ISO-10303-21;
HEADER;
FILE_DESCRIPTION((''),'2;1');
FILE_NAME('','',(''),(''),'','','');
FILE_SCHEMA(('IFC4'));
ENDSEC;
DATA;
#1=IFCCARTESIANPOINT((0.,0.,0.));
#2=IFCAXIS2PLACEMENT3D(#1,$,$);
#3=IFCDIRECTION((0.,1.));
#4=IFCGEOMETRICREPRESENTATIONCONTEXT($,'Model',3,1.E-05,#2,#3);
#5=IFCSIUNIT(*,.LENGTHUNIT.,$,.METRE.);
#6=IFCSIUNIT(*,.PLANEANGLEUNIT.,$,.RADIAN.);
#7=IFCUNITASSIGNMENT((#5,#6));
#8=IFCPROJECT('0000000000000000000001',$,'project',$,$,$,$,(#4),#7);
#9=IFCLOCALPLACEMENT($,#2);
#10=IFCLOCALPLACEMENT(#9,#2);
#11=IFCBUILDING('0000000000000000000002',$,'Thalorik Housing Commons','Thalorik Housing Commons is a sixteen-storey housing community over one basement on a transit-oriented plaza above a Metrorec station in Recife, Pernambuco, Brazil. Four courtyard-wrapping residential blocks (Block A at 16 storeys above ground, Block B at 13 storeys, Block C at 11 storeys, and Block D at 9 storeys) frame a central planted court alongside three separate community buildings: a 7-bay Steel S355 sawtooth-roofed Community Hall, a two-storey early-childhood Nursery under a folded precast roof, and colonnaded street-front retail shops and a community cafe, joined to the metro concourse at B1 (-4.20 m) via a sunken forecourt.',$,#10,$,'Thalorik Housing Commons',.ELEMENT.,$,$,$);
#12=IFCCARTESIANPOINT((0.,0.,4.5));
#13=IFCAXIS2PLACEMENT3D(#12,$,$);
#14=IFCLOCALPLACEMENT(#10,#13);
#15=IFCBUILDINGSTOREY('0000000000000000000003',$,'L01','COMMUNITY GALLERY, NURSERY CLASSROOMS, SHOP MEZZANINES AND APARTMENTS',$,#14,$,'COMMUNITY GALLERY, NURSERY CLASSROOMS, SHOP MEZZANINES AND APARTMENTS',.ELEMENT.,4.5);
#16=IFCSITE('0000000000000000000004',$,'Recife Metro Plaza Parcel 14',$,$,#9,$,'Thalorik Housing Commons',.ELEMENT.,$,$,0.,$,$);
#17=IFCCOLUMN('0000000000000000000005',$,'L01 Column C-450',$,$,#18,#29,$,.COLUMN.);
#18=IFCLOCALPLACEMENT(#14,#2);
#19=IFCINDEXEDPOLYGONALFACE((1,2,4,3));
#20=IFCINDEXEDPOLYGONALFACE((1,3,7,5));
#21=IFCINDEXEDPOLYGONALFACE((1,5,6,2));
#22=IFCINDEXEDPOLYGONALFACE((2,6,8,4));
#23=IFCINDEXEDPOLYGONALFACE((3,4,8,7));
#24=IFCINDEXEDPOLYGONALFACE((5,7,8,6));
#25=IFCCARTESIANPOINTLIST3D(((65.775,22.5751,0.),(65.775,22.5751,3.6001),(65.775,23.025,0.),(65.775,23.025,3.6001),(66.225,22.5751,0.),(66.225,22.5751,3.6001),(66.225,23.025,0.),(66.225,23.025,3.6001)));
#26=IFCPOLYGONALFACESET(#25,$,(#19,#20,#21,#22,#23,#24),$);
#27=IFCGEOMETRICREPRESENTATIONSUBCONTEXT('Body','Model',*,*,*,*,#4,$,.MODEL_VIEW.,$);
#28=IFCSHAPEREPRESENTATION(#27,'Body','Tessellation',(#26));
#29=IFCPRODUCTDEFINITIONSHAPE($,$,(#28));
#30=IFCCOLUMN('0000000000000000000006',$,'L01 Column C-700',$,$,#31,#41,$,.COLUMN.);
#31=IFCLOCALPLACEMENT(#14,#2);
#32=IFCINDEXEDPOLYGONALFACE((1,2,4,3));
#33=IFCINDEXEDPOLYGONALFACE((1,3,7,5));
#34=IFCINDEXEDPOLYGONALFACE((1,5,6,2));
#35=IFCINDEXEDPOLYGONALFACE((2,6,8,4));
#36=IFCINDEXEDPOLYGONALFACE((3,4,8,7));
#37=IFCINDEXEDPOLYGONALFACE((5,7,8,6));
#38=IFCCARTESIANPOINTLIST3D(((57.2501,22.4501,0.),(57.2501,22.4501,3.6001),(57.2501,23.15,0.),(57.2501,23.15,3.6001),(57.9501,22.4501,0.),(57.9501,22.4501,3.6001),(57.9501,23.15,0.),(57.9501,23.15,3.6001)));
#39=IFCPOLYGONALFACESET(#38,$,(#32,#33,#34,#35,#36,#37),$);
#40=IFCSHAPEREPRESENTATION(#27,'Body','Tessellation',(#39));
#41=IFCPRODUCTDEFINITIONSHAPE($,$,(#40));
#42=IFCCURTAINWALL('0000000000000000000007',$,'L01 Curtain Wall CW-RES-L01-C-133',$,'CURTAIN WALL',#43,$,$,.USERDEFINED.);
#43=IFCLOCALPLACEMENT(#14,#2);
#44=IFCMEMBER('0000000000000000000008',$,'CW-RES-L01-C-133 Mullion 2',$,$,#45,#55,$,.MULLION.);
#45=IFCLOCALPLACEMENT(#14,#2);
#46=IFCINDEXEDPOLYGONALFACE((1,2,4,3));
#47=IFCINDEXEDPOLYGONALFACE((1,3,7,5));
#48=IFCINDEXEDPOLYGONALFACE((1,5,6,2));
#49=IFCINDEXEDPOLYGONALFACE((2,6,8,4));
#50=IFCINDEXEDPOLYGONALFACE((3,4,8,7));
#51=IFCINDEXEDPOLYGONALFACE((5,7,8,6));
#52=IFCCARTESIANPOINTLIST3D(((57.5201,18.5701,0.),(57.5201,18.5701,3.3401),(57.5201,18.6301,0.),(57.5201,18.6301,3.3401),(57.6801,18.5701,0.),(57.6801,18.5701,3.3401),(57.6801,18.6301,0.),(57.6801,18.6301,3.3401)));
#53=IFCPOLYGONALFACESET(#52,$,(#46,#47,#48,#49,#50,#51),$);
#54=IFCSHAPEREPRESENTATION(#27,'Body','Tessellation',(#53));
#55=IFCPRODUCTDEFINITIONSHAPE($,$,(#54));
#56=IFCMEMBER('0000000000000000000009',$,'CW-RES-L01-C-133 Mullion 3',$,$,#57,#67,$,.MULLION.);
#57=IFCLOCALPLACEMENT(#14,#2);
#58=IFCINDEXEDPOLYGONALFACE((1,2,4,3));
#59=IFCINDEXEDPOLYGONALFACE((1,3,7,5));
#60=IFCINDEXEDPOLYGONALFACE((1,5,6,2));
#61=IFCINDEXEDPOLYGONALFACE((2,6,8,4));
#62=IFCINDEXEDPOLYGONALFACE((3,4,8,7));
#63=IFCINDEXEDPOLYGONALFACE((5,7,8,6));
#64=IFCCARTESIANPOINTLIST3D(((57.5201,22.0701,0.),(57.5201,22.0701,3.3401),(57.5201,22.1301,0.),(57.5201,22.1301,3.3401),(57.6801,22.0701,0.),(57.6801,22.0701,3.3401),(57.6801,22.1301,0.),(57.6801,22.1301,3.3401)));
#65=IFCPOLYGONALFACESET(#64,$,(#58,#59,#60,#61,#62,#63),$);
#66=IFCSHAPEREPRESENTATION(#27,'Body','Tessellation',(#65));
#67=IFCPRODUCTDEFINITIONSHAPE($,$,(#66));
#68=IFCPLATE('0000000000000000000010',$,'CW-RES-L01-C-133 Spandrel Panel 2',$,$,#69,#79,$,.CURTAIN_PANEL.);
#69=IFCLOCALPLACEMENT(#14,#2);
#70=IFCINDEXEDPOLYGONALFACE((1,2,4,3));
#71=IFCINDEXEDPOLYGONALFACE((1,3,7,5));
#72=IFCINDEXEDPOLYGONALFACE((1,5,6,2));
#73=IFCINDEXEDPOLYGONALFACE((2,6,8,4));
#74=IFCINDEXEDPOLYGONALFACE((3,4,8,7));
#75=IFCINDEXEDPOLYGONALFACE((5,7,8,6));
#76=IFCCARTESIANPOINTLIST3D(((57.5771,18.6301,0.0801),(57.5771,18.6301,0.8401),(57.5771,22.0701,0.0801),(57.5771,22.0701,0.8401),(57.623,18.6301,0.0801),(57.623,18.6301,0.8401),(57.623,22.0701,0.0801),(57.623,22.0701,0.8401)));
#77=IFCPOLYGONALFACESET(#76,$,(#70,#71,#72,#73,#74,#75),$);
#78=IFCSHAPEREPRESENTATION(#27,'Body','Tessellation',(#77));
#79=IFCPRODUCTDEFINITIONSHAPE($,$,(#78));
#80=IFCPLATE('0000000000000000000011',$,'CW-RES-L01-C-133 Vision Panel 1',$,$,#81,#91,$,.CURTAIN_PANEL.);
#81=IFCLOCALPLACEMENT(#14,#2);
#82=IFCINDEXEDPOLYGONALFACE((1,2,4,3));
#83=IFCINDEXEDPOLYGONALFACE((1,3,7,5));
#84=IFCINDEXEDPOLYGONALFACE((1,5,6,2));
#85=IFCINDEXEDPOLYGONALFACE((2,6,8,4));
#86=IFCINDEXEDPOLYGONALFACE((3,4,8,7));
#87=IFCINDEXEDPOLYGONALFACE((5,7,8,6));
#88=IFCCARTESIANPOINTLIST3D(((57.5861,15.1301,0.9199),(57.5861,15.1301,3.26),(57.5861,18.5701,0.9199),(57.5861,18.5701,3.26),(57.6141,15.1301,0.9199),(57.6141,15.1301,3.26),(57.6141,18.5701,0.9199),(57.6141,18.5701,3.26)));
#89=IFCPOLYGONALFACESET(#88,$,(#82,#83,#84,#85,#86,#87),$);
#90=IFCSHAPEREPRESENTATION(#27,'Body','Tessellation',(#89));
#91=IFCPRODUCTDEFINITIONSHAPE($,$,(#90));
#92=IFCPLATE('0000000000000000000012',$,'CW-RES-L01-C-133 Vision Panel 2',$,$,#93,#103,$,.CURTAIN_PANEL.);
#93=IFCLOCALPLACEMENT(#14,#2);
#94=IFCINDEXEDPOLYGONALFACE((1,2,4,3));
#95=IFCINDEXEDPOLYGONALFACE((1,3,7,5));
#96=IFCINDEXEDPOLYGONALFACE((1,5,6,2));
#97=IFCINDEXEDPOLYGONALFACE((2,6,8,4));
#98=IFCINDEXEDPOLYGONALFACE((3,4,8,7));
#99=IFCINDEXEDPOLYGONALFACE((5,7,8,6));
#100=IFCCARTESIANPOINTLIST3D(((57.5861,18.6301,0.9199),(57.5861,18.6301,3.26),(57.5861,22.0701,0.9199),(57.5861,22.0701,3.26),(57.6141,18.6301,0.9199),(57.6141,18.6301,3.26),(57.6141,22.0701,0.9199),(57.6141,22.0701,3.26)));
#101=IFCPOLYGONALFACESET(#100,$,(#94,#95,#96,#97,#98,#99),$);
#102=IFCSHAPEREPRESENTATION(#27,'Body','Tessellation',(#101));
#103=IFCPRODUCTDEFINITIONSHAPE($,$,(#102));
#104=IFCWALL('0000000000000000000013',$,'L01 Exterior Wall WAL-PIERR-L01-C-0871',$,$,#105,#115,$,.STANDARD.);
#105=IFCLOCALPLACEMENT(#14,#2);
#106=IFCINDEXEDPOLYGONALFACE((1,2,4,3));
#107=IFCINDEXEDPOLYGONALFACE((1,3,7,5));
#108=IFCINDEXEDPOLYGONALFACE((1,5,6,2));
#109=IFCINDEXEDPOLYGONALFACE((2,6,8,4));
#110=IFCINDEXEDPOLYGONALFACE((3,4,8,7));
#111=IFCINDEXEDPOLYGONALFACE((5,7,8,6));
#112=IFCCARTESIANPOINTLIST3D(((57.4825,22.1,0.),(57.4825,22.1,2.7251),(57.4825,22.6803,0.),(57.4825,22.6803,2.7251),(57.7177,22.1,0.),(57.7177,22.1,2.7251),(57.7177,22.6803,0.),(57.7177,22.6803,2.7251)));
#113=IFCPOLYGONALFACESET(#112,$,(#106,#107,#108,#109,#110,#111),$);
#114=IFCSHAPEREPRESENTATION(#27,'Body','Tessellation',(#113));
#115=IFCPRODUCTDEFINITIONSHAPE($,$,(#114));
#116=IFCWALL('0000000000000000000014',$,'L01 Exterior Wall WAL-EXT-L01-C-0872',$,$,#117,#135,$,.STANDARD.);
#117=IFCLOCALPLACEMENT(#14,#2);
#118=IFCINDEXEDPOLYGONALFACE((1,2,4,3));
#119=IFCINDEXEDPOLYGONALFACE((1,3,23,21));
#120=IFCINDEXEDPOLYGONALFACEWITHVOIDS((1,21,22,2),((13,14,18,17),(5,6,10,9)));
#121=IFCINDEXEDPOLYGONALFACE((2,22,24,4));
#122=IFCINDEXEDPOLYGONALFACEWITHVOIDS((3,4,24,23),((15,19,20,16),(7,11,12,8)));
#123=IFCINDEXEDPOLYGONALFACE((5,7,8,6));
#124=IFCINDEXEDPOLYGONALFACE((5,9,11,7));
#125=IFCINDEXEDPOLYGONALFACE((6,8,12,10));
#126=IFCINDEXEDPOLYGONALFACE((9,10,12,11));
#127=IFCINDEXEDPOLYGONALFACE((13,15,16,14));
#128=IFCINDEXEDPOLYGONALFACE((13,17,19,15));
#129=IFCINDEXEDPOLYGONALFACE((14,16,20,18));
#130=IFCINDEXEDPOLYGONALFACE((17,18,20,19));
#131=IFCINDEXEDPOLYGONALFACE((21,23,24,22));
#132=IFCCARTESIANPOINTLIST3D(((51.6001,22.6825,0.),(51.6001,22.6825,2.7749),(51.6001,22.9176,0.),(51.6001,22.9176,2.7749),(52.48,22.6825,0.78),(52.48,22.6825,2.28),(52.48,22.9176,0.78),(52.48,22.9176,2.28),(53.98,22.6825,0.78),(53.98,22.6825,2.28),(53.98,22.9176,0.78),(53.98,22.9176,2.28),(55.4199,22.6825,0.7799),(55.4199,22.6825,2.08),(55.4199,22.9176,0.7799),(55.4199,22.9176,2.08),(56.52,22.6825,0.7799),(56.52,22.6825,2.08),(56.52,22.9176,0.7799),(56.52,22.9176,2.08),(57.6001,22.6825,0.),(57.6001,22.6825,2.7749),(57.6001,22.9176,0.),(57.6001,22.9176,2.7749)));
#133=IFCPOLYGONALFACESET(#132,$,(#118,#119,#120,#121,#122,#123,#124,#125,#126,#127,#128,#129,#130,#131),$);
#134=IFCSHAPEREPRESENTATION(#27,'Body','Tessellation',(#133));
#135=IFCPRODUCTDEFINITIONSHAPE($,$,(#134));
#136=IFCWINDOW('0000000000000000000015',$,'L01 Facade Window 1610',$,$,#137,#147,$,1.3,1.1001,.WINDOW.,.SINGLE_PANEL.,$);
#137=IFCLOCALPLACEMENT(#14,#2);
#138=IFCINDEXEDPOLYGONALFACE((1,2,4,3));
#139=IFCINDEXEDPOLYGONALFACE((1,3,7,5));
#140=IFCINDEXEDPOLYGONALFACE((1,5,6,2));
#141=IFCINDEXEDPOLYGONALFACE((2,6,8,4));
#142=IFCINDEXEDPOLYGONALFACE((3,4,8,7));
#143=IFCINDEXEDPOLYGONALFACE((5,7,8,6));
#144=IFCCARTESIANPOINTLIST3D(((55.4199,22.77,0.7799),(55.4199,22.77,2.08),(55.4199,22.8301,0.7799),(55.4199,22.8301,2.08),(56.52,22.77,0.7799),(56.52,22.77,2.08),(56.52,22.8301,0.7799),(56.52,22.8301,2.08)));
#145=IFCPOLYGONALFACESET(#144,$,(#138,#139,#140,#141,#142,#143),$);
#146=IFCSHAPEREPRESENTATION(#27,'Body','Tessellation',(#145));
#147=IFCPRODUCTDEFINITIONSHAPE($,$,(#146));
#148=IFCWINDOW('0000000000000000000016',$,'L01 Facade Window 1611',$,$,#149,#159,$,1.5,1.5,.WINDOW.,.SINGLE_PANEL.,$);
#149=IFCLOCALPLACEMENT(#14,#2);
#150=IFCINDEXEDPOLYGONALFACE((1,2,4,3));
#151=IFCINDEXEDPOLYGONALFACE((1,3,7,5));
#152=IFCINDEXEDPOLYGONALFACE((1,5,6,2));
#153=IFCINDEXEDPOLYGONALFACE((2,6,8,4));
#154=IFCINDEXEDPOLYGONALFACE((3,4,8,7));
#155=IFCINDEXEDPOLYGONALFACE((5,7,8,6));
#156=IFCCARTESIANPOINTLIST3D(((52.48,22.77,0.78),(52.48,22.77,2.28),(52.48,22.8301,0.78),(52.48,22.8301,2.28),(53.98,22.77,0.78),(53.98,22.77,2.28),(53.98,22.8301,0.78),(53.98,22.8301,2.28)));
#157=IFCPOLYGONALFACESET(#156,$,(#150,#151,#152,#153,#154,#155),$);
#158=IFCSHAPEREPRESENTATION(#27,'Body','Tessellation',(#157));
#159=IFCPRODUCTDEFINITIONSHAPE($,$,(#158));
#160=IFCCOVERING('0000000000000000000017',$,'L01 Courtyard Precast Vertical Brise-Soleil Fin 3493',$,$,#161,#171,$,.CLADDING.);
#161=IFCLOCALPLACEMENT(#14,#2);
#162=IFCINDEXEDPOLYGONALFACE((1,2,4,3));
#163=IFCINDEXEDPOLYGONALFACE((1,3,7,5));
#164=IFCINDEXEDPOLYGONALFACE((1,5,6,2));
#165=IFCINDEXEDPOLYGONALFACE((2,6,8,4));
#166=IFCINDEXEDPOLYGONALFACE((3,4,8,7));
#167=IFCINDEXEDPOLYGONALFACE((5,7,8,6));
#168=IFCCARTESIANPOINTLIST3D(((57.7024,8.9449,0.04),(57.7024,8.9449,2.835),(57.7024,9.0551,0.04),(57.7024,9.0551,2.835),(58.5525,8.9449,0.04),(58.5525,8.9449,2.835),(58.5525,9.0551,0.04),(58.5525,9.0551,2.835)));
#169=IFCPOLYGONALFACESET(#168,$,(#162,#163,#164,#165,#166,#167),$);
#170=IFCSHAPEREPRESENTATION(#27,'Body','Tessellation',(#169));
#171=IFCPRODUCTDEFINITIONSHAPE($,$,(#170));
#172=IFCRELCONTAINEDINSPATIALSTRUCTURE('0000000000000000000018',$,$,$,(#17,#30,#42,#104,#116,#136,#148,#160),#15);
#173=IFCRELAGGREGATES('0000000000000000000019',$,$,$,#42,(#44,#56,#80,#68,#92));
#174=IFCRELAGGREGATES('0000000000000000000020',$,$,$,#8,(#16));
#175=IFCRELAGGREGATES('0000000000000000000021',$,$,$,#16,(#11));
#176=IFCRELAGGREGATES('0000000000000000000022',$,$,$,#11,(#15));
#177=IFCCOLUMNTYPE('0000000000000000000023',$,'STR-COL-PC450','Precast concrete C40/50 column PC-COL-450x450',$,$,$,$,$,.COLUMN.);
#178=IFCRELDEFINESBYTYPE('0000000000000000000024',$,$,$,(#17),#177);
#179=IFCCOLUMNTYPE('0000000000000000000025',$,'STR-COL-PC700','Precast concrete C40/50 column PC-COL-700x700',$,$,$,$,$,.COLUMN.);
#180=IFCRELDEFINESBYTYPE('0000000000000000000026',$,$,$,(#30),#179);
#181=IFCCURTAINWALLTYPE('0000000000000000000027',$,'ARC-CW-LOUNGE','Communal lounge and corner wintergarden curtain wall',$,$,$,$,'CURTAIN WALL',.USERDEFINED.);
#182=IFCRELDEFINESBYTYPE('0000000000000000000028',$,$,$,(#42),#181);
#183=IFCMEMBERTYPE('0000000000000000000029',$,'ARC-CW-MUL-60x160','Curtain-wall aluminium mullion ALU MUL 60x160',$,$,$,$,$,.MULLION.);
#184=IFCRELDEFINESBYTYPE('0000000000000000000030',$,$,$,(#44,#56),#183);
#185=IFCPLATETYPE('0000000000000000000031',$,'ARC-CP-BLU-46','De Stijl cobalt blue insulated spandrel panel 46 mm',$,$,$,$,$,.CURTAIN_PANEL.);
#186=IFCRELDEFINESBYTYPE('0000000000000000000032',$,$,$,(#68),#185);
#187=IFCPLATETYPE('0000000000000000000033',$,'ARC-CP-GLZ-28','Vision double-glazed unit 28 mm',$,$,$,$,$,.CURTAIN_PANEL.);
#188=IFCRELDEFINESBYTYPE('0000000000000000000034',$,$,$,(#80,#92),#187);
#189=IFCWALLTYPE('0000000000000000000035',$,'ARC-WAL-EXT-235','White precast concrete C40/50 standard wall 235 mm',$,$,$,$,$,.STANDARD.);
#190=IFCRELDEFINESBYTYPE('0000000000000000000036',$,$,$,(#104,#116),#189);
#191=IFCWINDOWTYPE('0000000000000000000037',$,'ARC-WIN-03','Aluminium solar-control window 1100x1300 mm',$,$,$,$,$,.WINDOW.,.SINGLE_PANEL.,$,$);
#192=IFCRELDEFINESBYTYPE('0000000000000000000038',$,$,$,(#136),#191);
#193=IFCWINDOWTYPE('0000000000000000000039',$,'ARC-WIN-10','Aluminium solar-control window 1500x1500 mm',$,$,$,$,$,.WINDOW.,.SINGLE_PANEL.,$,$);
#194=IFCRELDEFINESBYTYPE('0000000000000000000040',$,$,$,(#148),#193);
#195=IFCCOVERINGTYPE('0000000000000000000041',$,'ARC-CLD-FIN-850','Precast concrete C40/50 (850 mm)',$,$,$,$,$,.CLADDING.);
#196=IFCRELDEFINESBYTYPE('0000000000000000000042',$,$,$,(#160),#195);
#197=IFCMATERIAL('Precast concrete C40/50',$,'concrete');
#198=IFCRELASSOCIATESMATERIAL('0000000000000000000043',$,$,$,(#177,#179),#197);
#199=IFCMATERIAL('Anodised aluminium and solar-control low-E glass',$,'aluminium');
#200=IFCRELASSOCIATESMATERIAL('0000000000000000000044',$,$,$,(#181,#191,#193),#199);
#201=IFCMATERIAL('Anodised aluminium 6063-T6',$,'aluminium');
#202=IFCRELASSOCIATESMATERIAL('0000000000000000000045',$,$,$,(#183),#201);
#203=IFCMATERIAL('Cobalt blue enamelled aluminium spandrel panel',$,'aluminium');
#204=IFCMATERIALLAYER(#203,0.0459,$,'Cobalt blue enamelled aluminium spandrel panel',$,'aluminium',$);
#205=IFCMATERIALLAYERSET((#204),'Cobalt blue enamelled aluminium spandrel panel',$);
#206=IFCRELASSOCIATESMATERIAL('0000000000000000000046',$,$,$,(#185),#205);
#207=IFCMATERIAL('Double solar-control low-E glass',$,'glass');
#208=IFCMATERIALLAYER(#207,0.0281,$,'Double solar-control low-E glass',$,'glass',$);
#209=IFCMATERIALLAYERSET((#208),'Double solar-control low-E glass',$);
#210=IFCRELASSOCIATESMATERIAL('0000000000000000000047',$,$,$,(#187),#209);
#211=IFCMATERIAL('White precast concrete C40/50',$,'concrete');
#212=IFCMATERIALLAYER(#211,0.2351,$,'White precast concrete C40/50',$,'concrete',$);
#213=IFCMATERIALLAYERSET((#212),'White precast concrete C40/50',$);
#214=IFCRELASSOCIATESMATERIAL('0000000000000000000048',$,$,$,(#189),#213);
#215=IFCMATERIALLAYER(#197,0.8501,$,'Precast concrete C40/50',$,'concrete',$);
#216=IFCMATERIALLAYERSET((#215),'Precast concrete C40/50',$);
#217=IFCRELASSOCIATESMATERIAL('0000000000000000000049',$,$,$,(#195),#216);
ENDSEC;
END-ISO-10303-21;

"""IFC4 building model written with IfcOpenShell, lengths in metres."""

from ifc_helpers import new_model, si_unit, direction, frame, frame_2d, origin, origin_2d, place, context, subcontext, project, spatial, rectangle, extrude, material, layer, layer_set, material_profile, profile_set, type_object, element, fill, aggregate, save


model = new_model("IFC4")

# Units and contexts
model_context = context("Model", 3, precision=1e-05, world=origin(), true_north=direction((0.0, 1.0)))
body_context = subcontext(model_context, "Body", "Model", "MODEL_VIEW")
ifc_project = project(units=[si_unit("LENGTHUNIT", "METRE"), si_unit("PLANEANGLEUNIT", "RADIAN")], contexts=[model_context])

# Site, building, storey
site_placement = place(None, origin())
site = spatial("IfcSite", under=ifc_project, at=site_placement, Name="Recife Metro Plaza Parcel 14", LongName="Thalorik Housing Commons", CompositionType="ELEMENT", RefElevation=0.0)
building_placement = place(site_placement, origin())
building = spatial("IfcBuilding", under=site, at=building_placement, Name="Thalorik Housing Commons", Description="Thalorik Housing Commons is a sixteen-storey housing community over one basement on a transit-oriented plaza above a Metrorec station in Recife, Pernambuco, Brazil. Four courtyard-wrapping residential blocks (Block A at 16 storeys above ground, Block B at 13 storeys, Block C at 11 storeys, and Block D at 9 storeys) frame a central planted court alongside three separate community buildings: a 7-bay Steel S355 sawtooth-roofed Community Hall, a two-storey early-childhood Nursery under a folded precast roof, and colonnaded street-front retail shops and a community cafe, joined to the metro concourse at B1 (-4.20 m) via a sunken forecourt.", LongName="Thalorik Housing Commons", CompositionType="ELEMENT")
storey_placement = place(building_placement, frame((0.0, 0.0, 4.5)))
storey = spatial("IfcBuildingStorey", under=building, at=storey_placement, Name="L01", Description="COMMUNITY GALLERY, NURSERY CLASSROOMS, SHOP MEZZANINES AND APARTMENTS", LongName="COMMUNITY GALLERY, NURSERY CLASSROOMS, SHOP MEZZANINES AND APARTMENTS", CompositionType="ELEMENT", Elevation=4.5)

# Columns
ifc_material_1 = material(Name="Precast concrete C40/50", Category="concrete")
ifc_material_profile_1 = material_profile(ifc_material_1, rectangle(XDim=0.45, YDim=0.45, at=origin_2d()), Name="PC 450x450", Category="concrete")
ifc_profile_set_1 = profile_set([ifc_material_profile_1], Name="Precast concrete C40/50")
column_type_1 = type_object("IfcColumnType", Name="STR-COL-PC450", Description="Precast concrete C40/50 column PC-COL-450x450", PredefinedType="COLUMN", material=ifc_profile_set_1)
column_1_placement = place(storey_placement, frame((66.0, 22.8, 0.0), z_axis=(0.0, 0.0, 1.0), x_axis=(1.0, 0.0, 0.0)))
element("IfcColumn", 1, at=column_1_placement, inside=storey, type_object=column_type_1, Name="L01 Column C-450", PredefinedType="COLUMN", context=body_context, shape_type="SweptSolid", body=[
    extrude(rectangle(XDim=0.45, YDim=0.45, at=origin_2d()), origin(), (0.0, 0.0, 1.0), 3.6001),
])
ifc_material_profile_2 = material_profile(ifc_material_1, rectangle(XDim=0.7, YDim=0.7, at=origin_2d()), Name="PC 700x700", Category="concrete")
ifc_profile_set_2 = profile_set([ifc_material_profile_2], Name="Precast concrete C40/50")
column_type_2 = type_object("IfcColumnType", Name="STR-COL-PC700", Description="Precast concrete C40/50 column PC-COL-700x700", PredefinedType="COLUMN", material=ifc_profile_set_2)
column_2_placement = place(storey_placement, frame((57.6001, 22.8, 0.0), z_axis=(0.0, 0.0, 1.0), x_axis=(1.0, 0.0, 0.0)))
element("IfcColumn", 2, at=column_2_placement, inside=storey, type_object=column_type_2, Name="L01 Column C-700", PredefinedType="COLUMN", context=body_context, shape_type="SweptSolid", body=[
    extrude(rectangle(XDim=0.7, YDim=0.7, at=origin_2d()), origin(), (0.0, 0.0, 1.0), 3.6001),
])

# Curtain wall, members, plates
ifc_material_2 = material(Name="Anodised aluminium and solar-control low-E glass", Category="aluminium")
curtain_wall_type = type_object("IfcCurtainWallType", Name="ARC-CW-LOUNGE", Description="Communal lounge and corner wintergarden curtain wall", ElementType="CURTAIN WALL", PredefinedType="USERDEFINED", material=ifc_material_2)
curtain_wall_placement = place(storey_placement, origin())
curtain_wall = element("IfcCurtainWall", 3, at=curtain_wall_placement, inside=storey, type_object=curtain_wall_type, Name="L01 Curtain Wall CW-RES-L01-C-133", ObjectType="CURTAIN WALL", PredefinedType="USERDEFINED")
ifc_material_3 = material(Name="Anodised aluminium 6063-T6", Category="aluminium")
ifc_material_profile_3 = material_profile(ifc_material_3, rectangle(XDim=0.0601, YDim=0.1599, at=origin_2d()), Name="ALU MUL 60x160", Category="aluminium")
ifc_profile_set_3 = profile_set([ifc_material_profile_3], Name="Anodised aluminium 6063-T6")
member_type = type_object("IfcMemberType", Name="ARC-CW-MUL-60x160", Description="Curtain-wall aluminium mullion ALU MUL 60x160", PredefinedType="MULLION", material=ifc_profile_set_3)
member_1_placement = place(storey_placement, frame((57.6001, 18.6001, 0.0), z_axis=(0.0, 0.0, 1.0), x_axis=(0.0, 1.0, 0.0)))
member_1 = element("IfcMember", 4, at=member_1_placement, type_object=member_type, Name="CW-RES-L01-C-133 Mullion 2", PredefinedType="MULLION", context=body_context, shape_type="SweptSolid", body=[
    extrude(rectangle(XDim=0.0601, YDim=0.1599, at=origin_2d()), origin(), (0.0, 0.0, 1.0), 3.3401),
])
member_2_placement = place(storey_placement, frame((57.6001, 22.1001, 0.0), z_axis=(0.0, 0.0, 1.0), x_axis=(0.0, 1.0, 0.0)))
member_2 = element("IfcMember", 5, at=member_2_placement, type_object=member_type, Name="CW-RES-L01-C-133 Mullion 3", PredefinedType="MULLION", context=body_context, shape_type="SweptSolid", body=[
    extrude(rectangle(XDim=0.0601, YDim=0.1599, at=origin_2d()), origin(), (0.0, 0.0, 1.0), 3.3401),
])
ifc_material_4 = material(Name="Cobalt blue enamelled aluminium spandrel panel", Category="aluminium")
ifc_layer_1 = layer(ifc_material_4, 0.0459, Name="Cobalt blue enamelled aluminium spandrel panel", Category="aluminium")
ifc_layer_set_1 = layer_set([ifc_layer_1], Name="Cobalt blue enamelled aluminium spandrel panel")
plate_type_1 = type_object("IfcPlateType", Name="ARC-CP-BLU-46", Description="De Stijl cobalt blue insulated spandrel panel 46 mm", PredefinedType="CURTAIN_PANEL", material=ifc_layer_set_1)
plate_1_placement = place(storey_placement, frame((57.6001, 20.3501, 0.0801), z_axis=(0.0, 0.0, 1.0), x_axis=(0.0, 1.0, 0.0)))
plate_1 = element("IfcPlate", 6, at=plate_1_placement, type_object=plate_type_1, Name="CW-RES-L01-C-133 Spandrel Panel 2", PredefinedType="CURTAIN_PANEL", context=body_context, shape_type="SweptSolid", body=[
    extrude(rectangle(XDim=3.4399, YDim=0.0459, at=origin_2d()), origin(), (0.0, 0.0, 1.0), 0.76),
])
ifc_material_5 = material(Name="Double solar-control low-E glass", Category="glass")
ifc_layer_2 = layer(ifc_material_5, 0.0281, Name="Double solar-control low-E glass", Category="glass")
ifc_layer_set_2 = layer_set([ifc_layer_2], Name="Double solar-control low-E glass")
plate_type_2 = type_object("IfcPlateType", Name="ARC-CP-GLZ-28", Description="Vision double-glazed unit 28 mm", PredefinedType="CURTAIN_PANEL", material=ifc_layer_set_2)
plate_2_placement = place(storey_placement, frame((57.6001, 16.8501, 0.9199), z_axis=(0.0, 0.0, 1.0), x_axis=(0.0, 1.0, 0.0)))
plate_2 = element("IfcPlate", 7, at=plate_2_placement, type_object=plate_type_2, Name="CW-RES-L01-C-133 Vision Panel 1", PredefinedType="CURTAIN_PANEL", context=body_context, shape_type="SweptSolid", body=[
    extrude(rectangle(XDim=3.4399, YDim=0.0281, at=origin_2d()), origin(), (0.0, 0.0, 1.0), 2.3401),
])
plate_3_placement = place(storey_placement, frame((57.6001, 20.3501, 0.9199), z_axis=(0.0, 0.0, 1.0), x_axis=(0.0, 1.0, 0.0)))
plate_3 = element("IfcPlate", 8, at=plate_3_placement, type_object=plate_type_2, Name="CW-RES-L01-C-133 Vision Panel 2", PredefinedType="CURTAIN_PANEL", context=body_context, shape_type="SweptSolid", body=[
    extrude(rectangle(XDim=3.4399, YDim=0.0281, at=origin_2d()), origin(), (0.0, 0.0, 1.0), 2.3401),
])
aggregate(curtain_wall, [member_1, member_2, plate_2, plate_1, plate_3])

# Wall
ifc_material_6 = material(Name="White precast concrete C40/50", Category="concrete")
ifc_layer_3 = layer(ifc_material_6, 0.2351, Name="White precast concrete C40/50", Category="concrete")
ifc_layer_set_3 = layer_set([ifc_layer_3], Name="White precast concrete C40/50")
wall_type = type_object("IfcWallType", Name="ARC-WAL-EXT-235", Description="White precast concrete C40/50 standard wall 235 mm", PredefinedType="STANDARD", material=ifc_layer_set_3)
wall_1_placement = place(storey_placement, frame((57.6001, 22.1001, 0.0), z_axis=(0.0, 0.0, 1.0), x_axis=(0.0, 1.0, 0.0)))
element("IfcWall", 9, at=wall_1_placement, inside=storey, type_object=wall_type, Name="L01 Exterior Wall WAL-PIERR-L01-C-0871", PredefinedType="STANDARD", context=body_context, shape_type="SweptSolid", body=[
    extrude(rectangle(XDim=0.5803, YDim=0.2351, at=frame_2d((0.29, 0.0))), origin(), (0.0, 0.0, 1.0), 2.7251),
])

# Wall, openings, windows
wall_2_placement = place(storey_placement, frame((57.6001, 22.8, 0.0), z_axis=(0.0, 0.0, 1.0), x_axis=(-1.0, 0.0, 0.0)))
wall_2 = element("IfcWall", 10, at=wall_2_placement, inside=storey, type_object=wall_type, Name="L01 Exterior Wall WAL-EXT-L01-C-0872", PredefinedType="STANDARD", context=body_context, shape_type="SweptSolid", body=[
    extrude(rectangle(XDim=6.0, YDim=0.2351, at=frame_2d((3.0, 0.0))), origin(), (0.0, 0.0, 1.0), 2.7749),
])
opening_1_placement = place(wall_2_placement, frame((1.0801, 0.0, 0.78)))
opening_1 = element("IfcOpeningElement", 11, at=opening_1_placement, cuts=wall_2, PredefinedType="OPENING", context=body_context, shape_type="SweptSolid", body=[
    extrude(rectangle(XDim=1.1001, YDim=1.3, at=frame_2d((0.55, 0.6499))), frame((0.0, 0.1274, 0.0), z_axis=(0.0, -1.0, 0.0), x_axis=(1.0, 0.0, 0.0)), (0.0, 0.0, 1.0), 0.2551),
])
opening_2_placement = place(wall_2_placement, frame((3.6201, 0.0, 0.78)))
opening_2 = element("IfcOpeningElement", 12, at=opening_2_placement, cuts=wall_2, PredefinedType="OPENING", context=body_context, shape_type="SweptSolid", body=[
    extrude(rectangle(XDim=1.5, YDim=1.5, at=frame_2d((0.75, 0.75))), frame((0.0, 0.1274, 0.0), z_axis=(0.0, -1.0, 0.0), x_axis=(1.0, 0.0, 0.0)), (0.0, 0.0, 1.0), 0.2551),
])
window_type_1 = type_object("IfcWindowType", Name="ARC-WIN-03", Description="Aluminium solar-control window 1100x1300 mm", PartitioningType="SINGLE_PANEL", PredefinedType="WINDOW", material=ifc_material_2)
window_1_placement = place(opening_1_placement, origin())
window_1 = element("IfcWindow", 13, at=window_1_placement, inside=storey, type_object=window_type_1, Name="L01 Facade Window 1610", OverallHeight=1.3, OverallWidth=1.1001, PartitioningType="SINGLE_PANEL", PredefinedType="WINDOW", context=body_context, shape_type="SweptSolid", body=[
    extrude(rectangle(XDim=1.1001, YDim=1.3, at=frame_2d((0.55, 0.6499))), frame((0.0, 0.03, 0.0), z_axis=(0.0, -1.0, 0.0), x_axis=(1.0, 0.0, 0.0)), (0.0, 0.0, 1.0), 0.0601),
])
fill(opening_1, window_1)
window_type_2 = type_object("IfcWindowType", Name="ARC-WIN-10", Description="Aluminium solar-control window 1500x1500 mm", PartitioningType="SINGLE_PANEL", PredefinedType="WINDOW", material=ifc_material_2)
window_2_placement = place(opening_2_placement, origin())
window_2 = element("IfcWindow", 14, at=window_2_placement, inside=storey, type_object=window_type_2, Name="L01 Facade Window 1611", OverallHeight=1.5, OverallWidth=1.5, PartitioningType="SINGLE_PANEL", PredefinedType="WINDOW", context=body_context, shape_type="SweptSolid", body=[
    extrude(rectangle(XDim=1.5, YDim=1.5, at=frame_2d((0.75, 0.75))), frame((0.0, 0.03, 0.0), z_axis=(0.0, -1.0, 0.0), x_axis=(1.0, 0.0, 0.0)), (0.0, 0.0, 1.0), 0.0601),
])
fill(opening_2, window_2)

# Covering
ifc_layer_4 = layer(ifc_material_1, 0.8501, Name="Precast concrete C40/50", Category="concrete")
ifc_layer_set_4 = layer_set([ifc_layer_4], Name="Precast concrete C40/50")
covering_type_1 = type_object("IfcCoveringType", Name="ARC-CLD-FIN-850", Description="Precast concrete C40/50 (850 mm)", PredefinedType="CLADDING", material=ifc_layer_set_4)
for number, where, z_axis, x_axis, name in (
    (15, (58.1274, 9.0, 0.04), (0.0, 0.0, 1.0), (0.0, 1.0, 0.0), "L01 Courtyard Precast Vertical Brise-Soleil Fin 3493"),
):
    element("IfcCovering", number, at=place(storey_placement, frame(where, z_axis=z_axis, x_axis=x_axis)), inside=storey, type_object=covering_type_1, Name=name, PredefinedType="CLADDING", context=body_context, shape_type="SweptSolid", body=[
        extrude(rectangle(XDim=0.1101, YDim=0.8501, at=origin_2d()), origin(), (0.0, 0.0, 1.0), 2.7949),
    ])

save(model, "model.ifc")
